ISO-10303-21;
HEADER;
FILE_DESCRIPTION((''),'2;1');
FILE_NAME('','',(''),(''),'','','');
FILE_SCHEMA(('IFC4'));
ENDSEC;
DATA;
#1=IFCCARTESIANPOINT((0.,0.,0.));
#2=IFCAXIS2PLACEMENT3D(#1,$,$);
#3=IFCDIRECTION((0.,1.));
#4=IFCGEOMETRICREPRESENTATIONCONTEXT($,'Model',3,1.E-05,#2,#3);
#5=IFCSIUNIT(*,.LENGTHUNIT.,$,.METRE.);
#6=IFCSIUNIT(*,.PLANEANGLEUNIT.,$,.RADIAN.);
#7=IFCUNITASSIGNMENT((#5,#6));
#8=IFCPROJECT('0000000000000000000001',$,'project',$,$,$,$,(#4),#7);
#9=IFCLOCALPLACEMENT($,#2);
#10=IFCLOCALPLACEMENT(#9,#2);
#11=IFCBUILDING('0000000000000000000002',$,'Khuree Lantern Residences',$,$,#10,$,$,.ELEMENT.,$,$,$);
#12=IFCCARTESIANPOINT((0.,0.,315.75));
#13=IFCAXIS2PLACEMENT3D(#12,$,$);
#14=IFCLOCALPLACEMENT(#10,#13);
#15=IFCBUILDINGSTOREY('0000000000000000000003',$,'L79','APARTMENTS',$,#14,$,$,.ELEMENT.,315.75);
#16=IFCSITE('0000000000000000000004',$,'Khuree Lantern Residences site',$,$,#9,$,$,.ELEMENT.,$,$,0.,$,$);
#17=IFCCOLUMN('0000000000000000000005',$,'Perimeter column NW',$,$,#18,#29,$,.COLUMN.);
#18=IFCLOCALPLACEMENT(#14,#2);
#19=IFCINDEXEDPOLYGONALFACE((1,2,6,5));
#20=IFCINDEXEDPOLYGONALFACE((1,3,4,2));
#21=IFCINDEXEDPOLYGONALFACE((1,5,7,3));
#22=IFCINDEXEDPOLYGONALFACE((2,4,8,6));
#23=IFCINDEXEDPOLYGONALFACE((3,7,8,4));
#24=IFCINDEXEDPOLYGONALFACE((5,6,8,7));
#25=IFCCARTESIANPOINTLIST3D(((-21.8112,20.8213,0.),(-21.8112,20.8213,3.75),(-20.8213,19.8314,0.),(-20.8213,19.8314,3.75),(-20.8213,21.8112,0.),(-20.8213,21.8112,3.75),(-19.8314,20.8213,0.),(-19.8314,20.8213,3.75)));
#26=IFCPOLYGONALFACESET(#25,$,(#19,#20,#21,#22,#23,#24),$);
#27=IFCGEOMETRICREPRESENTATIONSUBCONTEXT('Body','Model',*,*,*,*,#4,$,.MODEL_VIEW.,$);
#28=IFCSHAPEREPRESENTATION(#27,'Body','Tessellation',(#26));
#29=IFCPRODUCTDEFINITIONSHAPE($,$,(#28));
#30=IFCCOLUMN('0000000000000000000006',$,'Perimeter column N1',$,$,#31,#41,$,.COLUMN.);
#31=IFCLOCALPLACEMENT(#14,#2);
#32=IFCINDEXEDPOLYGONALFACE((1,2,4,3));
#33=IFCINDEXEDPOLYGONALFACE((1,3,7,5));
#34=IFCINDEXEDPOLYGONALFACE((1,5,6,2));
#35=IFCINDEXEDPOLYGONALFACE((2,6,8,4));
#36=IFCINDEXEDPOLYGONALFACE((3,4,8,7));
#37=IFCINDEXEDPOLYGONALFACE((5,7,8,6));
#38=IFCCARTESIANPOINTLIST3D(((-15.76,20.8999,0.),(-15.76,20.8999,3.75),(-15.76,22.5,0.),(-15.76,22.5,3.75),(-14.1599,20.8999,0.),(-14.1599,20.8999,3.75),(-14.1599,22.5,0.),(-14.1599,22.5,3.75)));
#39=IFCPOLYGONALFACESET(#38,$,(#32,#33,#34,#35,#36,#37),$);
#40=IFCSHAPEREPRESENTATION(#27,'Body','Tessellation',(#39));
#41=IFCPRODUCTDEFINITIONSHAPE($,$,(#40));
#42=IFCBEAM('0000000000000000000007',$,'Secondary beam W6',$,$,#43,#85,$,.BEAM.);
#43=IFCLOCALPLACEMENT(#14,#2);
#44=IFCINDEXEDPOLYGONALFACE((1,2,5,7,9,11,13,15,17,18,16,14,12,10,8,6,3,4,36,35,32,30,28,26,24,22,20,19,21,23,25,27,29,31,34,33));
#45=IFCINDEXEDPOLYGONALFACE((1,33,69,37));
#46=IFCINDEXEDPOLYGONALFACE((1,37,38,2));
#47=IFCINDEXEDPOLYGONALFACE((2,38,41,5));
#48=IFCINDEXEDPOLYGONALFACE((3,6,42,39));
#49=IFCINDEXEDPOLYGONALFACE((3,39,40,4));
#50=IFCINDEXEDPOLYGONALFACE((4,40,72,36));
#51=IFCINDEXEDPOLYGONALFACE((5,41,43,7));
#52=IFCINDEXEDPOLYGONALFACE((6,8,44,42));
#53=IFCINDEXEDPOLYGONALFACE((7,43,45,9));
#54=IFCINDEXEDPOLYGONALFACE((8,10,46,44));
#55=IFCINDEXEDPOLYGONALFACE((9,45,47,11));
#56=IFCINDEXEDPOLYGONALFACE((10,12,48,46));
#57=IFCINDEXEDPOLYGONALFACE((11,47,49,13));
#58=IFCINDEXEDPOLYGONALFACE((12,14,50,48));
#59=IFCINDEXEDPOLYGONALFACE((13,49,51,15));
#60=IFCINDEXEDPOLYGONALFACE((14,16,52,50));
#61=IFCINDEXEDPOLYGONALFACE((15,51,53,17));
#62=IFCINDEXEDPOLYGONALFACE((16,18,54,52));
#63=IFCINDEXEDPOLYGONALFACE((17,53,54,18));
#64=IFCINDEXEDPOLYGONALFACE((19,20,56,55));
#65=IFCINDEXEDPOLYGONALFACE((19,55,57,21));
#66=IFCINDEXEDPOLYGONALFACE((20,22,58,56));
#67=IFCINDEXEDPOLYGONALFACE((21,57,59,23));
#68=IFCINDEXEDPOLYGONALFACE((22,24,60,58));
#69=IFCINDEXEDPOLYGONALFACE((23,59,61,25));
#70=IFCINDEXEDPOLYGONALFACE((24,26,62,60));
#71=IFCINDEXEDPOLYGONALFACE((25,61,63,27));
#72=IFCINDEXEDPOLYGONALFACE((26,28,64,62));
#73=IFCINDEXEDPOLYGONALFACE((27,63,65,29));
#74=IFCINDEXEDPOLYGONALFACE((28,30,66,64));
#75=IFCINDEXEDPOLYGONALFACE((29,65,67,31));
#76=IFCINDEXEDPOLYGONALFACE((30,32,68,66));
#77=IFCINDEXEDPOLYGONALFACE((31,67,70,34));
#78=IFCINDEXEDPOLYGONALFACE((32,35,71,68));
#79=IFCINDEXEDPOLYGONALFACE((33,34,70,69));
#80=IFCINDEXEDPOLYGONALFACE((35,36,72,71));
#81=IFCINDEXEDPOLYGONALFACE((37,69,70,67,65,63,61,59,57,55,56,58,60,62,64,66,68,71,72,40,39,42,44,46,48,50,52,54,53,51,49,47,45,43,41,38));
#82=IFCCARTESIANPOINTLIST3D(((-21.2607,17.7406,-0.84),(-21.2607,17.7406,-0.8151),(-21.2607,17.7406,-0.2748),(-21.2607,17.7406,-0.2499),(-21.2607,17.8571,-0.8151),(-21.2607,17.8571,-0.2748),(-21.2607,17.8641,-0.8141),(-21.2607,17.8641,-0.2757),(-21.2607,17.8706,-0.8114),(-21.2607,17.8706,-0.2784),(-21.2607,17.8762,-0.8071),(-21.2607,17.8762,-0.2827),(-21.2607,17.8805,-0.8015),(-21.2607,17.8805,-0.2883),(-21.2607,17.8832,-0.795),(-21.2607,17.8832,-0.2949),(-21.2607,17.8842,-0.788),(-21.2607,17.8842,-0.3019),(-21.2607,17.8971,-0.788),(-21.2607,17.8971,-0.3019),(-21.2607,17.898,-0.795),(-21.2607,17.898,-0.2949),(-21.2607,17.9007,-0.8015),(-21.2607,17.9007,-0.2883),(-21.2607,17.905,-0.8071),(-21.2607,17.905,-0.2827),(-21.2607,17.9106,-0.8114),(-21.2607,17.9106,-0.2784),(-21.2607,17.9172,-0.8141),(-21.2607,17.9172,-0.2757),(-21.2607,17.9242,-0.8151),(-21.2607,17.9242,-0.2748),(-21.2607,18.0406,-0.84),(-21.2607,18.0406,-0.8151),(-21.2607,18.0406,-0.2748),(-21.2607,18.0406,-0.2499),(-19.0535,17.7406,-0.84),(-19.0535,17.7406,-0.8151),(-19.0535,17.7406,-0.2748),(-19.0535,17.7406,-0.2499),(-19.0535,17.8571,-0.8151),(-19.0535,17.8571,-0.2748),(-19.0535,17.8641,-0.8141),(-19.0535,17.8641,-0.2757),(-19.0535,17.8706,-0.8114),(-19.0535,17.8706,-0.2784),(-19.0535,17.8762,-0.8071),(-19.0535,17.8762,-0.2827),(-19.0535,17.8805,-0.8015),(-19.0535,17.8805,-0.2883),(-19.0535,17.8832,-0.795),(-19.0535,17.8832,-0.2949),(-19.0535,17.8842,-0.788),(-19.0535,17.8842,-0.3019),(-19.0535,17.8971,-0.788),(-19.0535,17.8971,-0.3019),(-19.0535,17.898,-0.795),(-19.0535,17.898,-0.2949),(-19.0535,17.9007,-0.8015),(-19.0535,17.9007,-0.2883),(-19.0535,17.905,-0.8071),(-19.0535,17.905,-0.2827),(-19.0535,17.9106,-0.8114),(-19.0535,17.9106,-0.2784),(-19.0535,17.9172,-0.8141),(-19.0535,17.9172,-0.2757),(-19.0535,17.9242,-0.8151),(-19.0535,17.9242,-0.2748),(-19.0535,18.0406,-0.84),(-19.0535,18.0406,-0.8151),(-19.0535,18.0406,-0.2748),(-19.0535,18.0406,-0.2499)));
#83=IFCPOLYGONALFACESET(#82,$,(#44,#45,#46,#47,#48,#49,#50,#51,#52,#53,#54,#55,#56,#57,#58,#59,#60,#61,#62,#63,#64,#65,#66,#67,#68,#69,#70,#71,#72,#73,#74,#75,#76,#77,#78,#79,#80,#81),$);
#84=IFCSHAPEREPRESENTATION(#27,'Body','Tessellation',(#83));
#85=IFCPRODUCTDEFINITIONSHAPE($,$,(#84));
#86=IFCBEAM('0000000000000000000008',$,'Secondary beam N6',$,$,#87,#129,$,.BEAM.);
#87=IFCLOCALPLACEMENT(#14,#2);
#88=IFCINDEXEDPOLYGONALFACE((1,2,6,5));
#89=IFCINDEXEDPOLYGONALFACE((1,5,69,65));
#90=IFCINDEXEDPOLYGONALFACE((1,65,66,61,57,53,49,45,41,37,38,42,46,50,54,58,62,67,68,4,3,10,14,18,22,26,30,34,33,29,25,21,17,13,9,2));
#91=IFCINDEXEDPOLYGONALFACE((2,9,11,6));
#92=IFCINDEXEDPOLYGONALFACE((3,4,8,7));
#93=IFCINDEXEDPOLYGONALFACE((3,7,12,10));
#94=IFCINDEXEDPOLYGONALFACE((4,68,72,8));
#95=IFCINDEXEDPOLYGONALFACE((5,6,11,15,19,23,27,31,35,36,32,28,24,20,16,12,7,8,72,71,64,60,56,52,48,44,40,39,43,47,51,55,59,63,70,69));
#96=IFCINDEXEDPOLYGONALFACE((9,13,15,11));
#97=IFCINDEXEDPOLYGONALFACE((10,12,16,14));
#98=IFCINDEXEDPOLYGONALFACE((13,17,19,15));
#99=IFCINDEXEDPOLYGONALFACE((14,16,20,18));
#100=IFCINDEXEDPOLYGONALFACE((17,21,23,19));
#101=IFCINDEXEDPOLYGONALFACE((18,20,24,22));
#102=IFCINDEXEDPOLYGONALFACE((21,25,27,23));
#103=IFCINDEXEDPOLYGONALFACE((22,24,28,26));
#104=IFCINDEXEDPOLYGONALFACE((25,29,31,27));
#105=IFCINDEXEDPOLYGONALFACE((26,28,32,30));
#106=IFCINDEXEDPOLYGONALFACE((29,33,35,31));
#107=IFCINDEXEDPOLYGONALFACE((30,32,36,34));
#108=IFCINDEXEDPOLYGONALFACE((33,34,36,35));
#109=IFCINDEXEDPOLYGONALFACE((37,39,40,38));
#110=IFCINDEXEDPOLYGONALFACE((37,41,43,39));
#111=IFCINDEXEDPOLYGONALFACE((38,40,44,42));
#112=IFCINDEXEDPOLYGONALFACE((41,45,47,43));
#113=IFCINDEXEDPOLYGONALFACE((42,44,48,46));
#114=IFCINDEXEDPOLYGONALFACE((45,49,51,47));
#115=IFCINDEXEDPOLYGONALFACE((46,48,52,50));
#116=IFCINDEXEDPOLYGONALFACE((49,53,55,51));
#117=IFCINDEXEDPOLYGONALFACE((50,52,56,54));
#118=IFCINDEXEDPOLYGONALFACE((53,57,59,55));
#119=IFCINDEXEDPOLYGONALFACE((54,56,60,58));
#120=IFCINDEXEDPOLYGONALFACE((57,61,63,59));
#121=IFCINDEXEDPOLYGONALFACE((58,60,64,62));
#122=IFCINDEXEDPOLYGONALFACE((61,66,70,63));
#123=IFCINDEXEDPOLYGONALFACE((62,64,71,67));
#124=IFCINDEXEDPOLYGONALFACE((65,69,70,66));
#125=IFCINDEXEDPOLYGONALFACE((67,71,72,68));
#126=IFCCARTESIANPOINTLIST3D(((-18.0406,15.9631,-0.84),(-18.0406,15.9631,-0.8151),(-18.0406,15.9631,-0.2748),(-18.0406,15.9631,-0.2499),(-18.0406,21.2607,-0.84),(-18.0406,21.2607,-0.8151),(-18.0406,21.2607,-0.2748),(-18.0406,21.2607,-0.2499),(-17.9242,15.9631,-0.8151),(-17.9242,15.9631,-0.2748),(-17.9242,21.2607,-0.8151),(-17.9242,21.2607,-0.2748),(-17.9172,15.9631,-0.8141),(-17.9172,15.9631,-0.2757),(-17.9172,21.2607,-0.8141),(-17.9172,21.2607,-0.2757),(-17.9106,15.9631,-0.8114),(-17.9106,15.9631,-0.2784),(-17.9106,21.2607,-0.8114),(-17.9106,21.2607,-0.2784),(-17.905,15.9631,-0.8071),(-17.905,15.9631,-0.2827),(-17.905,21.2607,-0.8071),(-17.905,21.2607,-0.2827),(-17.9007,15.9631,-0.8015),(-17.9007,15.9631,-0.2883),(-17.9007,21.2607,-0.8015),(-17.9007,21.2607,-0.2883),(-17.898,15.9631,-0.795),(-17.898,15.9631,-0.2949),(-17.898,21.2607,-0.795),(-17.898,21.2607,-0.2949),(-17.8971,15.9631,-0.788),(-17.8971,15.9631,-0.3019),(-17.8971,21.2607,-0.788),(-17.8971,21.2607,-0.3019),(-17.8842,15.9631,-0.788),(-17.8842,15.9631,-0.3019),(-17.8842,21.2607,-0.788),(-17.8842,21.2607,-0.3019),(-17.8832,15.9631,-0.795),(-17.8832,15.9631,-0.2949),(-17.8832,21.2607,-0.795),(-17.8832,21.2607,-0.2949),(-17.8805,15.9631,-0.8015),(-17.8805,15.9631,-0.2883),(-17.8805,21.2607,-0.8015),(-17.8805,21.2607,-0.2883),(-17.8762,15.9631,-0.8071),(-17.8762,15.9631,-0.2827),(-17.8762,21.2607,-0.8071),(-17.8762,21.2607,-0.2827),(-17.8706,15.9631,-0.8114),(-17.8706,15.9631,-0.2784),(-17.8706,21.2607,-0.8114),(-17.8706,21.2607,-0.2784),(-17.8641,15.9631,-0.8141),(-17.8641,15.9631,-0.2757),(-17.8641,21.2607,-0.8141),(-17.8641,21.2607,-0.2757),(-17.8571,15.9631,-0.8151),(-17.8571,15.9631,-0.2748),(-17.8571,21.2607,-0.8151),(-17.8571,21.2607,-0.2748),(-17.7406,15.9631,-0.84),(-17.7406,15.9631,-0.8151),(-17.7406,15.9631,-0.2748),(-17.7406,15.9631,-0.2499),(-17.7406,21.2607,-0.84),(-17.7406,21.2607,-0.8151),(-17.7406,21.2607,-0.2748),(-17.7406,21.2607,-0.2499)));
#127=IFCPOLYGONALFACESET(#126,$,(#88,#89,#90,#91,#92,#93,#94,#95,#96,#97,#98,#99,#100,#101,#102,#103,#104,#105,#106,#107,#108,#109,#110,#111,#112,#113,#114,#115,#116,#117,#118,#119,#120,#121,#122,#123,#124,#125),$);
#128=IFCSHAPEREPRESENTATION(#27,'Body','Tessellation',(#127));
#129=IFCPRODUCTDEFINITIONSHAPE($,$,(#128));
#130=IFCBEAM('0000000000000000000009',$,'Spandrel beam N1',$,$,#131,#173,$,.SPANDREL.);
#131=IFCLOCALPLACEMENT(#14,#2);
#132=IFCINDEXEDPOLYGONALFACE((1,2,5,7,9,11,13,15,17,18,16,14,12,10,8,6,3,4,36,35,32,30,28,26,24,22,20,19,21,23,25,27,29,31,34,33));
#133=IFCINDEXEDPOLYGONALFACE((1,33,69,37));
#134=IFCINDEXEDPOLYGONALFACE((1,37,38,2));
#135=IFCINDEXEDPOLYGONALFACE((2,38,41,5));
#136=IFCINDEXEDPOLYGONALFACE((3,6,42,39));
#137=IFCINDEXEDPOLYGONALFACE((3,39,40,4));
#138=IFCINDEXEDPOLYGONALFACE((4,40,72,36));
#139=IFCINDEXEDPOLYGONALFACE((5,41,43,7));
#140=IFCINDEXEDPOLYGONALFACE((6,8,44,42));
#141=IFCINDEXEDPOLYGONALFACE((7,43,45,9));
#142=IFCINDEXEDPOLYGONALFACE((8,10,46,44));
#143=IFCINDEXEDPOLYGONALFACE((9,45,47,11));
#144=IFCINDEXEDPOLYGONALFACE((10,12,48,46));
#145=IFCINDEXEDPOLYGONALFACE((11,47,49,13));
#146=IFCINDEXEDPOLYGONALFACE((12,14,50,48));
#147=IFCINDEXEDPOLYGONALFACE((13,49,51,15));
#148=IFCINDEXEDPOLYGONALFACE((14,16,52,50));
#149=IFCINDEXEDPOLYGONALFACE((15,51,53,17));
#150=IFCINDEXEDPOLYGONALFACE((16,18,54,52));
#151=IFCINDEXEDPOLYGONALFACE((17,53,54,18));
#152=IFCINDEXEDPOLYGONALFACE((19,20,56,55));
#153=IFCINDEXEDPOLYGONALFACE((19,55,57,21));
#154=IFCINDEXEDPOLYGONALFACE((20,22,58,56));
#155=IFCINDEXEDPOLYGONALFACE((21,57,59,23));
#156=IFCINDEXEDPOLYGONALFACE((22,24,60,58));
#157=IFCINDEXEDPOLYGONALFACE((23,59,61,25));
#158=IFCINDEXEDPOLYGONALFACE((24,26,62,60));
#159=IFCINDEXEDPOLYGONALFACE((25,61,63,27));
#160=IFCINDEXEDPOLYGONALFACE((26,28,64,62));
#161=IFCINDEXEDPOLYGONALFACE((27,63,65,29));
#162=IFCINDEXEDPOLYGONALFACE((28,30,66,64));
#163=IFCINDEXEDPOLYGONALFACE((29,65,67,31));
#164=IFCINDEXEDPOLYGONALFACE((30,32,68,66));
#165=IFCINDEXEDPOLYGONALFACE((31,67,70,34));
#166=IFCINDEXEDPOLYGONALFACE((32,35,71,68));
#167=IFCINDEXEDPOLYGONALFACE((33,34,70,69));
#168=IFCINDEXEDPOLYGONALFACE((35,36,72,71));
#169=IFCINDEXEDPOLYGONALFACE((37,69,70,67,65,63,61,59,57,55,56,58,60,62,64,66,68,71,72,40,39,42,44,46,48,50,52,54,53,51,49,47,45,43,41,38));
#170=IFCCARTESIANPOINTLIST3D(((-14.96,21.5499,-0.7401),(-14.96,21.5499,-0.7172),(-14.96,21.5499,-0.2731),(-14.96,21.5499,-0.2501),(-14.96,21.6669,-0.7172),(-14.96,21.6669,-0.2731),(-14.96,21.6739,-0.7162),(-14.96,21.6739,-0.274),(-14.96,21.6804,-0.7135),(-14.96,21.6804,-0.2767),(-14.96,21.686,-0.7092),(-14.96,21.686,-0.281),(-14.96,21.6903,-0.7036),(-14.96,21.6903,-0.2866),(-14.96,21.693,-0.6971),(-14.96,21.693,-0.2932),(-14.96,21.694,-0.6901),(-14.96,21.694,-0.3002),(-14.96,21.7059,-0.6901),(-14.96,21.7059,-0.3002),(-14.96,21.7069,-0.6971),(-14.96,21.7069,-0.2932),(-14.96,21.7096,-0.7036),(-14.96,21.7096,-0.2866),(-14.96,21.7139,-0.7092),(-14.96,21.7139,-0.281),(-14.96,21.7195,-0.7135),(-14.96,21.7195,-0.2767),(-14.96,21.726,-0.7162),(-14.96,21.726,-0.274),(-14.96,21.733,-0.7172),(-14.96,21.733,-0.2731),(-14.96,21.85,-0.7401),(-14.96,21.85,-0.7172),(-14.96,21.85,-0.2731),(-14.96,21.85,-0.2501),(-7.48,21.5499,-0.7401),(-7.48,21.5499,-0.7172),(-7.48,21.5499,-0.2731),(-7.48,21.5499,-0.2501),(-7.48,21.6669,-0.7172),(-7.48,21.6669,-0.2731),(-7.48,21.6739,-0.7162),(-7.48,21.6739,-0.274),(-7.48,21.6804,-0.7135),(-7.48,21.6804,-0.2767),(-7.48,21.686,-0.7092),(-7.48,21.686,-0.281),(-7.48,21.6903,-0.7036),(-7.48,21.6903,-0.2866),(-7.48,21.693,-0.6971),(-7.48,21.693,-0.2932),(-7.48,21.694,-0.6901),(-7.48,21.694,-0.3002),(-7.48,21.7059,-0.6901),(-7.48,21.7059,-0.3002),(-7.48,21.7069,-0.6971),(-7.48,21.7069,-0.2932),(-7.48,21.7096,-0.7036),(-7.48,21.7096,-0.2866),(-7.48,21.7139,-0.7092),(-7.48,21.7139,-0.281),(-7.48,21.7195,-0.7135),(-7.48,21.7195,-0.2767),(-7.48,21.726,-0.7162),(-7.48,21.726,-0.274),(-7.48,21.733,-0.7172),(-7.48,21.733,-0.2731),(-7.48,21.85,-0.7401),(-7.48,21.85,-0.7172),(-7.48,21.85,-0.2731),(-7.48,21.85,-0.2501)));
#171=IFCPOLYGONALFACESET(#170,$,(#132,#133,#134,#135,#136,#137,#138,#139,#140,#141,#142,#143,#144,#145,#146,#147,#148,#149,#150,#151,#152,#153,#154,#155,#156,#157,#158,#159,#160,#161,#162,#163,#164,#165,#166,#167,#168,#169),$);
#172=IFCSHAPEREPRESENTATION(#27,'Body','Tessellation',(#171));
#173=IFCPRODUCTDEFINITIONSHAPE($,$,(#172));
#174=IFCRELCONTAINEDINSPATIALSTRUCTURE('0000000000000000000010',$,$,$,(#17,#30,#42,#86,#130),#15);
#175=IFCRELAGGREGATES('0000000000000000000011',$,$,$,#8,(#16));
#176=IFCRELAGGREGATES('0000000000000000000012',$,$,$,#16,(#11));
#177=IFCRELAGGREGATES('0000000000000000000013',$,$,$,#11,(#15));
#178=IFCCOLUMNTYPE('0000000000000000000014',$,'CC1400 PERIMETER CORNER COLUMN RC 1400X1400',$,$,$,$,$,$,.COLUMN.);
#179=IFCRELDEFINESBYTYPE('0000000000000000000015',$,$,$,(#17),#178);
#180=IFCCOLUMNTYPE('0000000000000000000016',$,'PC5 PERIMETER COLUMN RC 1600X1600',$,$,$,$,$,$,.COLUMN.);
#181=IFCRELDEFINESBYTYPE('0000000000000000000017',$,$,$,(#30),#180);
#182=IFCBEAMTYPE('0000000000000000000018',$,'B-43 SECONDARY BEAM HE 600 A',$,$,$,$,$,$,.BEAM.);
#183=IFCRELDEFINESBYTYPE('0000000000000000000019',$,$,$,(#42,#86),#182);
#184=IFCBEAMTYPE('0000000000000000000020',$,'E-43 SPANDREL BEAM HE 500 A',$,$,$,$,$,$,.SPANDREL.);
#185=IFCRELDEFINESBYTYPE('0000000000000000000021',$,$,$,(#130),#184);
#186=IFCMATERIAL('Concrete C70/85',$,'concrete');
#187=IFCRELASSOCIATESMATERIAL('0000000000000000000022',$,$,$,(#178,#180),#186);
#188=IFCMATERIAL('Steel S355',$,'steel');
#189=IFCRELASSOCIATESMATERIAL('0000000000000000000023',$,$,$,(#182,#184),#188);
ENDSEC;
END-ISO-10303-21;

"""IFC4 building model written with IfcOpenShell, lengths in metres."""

from ifc_helpers import new_model, si_unit, direction, frame, origin, origin_2d, place, context, subcontext, project, spatial, rectangle, i_section, extrude, material, material_profile, profile_set, type_object, element, save


model = new_model("IFC4")

# Units and contexts
model_context = context("Model", 3, precision=1e-05, world=origin(), true_north=direction((0.0, 1.0)))
body_context = subcontext(model_context, "Body", "Model", "MODEL_VIEW")
ifc_project = project(units=[si_unit("LENGTHUNIT", "METRE"), si_unit("PLANEANGLEUNIT", "RADIAN")], contexts=[model_context])

# Site, building, storey
site_placement = place(None, origin())
site = spatial("IfcSite", under=ifc_project, at=site_placement, Name="Khuree Lantern Residences site", CompositionType="ELEMENT", RefElevation=0.0)
building_placement = place(site_placement, origin())
building = spatial("IfcBuilding", under=site, at=building_placement, Name="Khuree Lantern Residences", CompositionType="ELEMENT")
storey_placement = place(building_placement, frame((0.0, 0.0, 315.75)))
storey = spatial("IfcBuildingStorey", under=building, at=storey_placement, Name="L79", Description="APARTMENTS", CompositionType="ELEMENT", Elevation=315.75)

# Columns
ifc_material_1 = material(Name="Concrete C70/85", Category="concrete")
ifc_material_profile_1 = material_profile(ifc_material_1, rectangle(XDim=1.3999, YDim=1.3999, at=origin_2d()), Name="RC 1400X1400")
ifc_profile_set_1 = profile_set([ifc_material_profile_1], Name="Concrete C70/85")
column_type_1 = type_object("IfcColumnType", Name="CC1400 PERIMETER CORNER COLUMN RC 1400X1400", PredefinedType="COLUMN", material=ifc_profile_set_1)
column_1_placement = place(storey_placement, frame((-20.8213, 20.8213, 0.0), z_axis=(0.0, 0.0, 1.0), x_axis=(0.707107, 0.707107, 0.0)))
element("IfcColumn", 1, at=column_1_placement, inside=storey, type_object=column_type_1, Name="Perimeter column NW", PredefinedType="COLUMN", context=body_context, shape_type="SweptSolid", body=[
    extrude(rectangle(XDim=1.3999, YDim=1.3999, at=origin_2d()), origin(), (0.0, 0.0, 1.0), 3.75),
])
ifc_material_profile_2 = material_profile(ifc_material_1, rectangle(XDim=1.6001, YDim=1.6001, at=origin_2d()), Name="RC 1600X1600")
ifc_profile_set_2 = profile_set([ifc_material_profile_2], Name="Concrete C70/85")
column_type_2 = type_object("IfcColumnType", Name="PC5 PERIMETER COLUMN RC 1600X1600", PredefinedType="COLUMN", material=ifc_profile_set_2)
column_2_placement = place(storey_placement, frame((-14.96, 21.7, 0.0), z_axis=(0.0, 0.0, 1.0), x_axis=(1.0, 0.0, 0.0)))
element("IfcColumn", 2, at=column_2_placement, inside=storey, type_object=column_type_2, Name="Perimeter column N1", PredefinedType="COLUMN", context=body_context, shape_type="SweptSolid", body=[
    extrude(rectangle(XDim=1.6001, YDim=1.6001, at=origin_2d()), origin(), (0.0, 0.0, 1.0), 3.75),
])

# Beams
ifc_material_2 = material(Name="Steel S355", Category="steel")
ifc_material_profile_3 = material_profile(ifc_material_2, i_section(OverallWidth=0.3, OverallDepth=0.5901, WebThickness=0.0129, FlangeThickness=0.0249, FilletRadius=0.0271, at=origin_2d()), Name="HE 600 A")
ifc_profile_set_3 = profile_set([ifc_material_profile_3], Name="Steel S355")
beam_type_1 = type_object("IfcBeamType", Name="B-43 SECONDARY BEAM HE 600 A", PredefinedType="BEAM", material=ifc_profile_set_3)
beam_1_placement = place(storey_placement, frame((-21.2607, 17.8906, -0.5449), z_axis=(1.0, 0.0, 0.0), x_axis=(0.0, 1.0, 0.0)))
element("IfcBeam", 3, at=beam_1_placement, inside=storey, type_object=beam_type_1, Name="Secondary beam W6", PredefinedType="BEAM", context=body_context, shape_type="SweptSolid", body=[
    extrude(i_section(OverallWidth=0.3, OverallDepth=0.5901, WebThickness=0.0129, FlangeThickness=0.0249, FilletRadius=0.0271, at=origin_2d()), origin(), (0.0, 0.0, 1.0), 2.2073),
])
beam_2_placement = place(storey_placement, frame((-17.8906, 21.2607, -0.5449), z_axis=(0.0, -1.0, 0.0), x_axis=(1.0, 0.0, 0.0)))
element("IfcBeam", 4, at=beam_2_placement, inside=storey, type_object=beam_type_1, Name="Secondary beam N6", PredefinedType="BEAM", context=body_context, shape_type="SweptSolid", body=[
    extrude(i_section(OverallWidth=0.3, OverallDepth=0.5901, WebThickness=0.0129, FlangeThickness=0.0249, FilletRadius=0.0271, at=origin_2d()), origin(), (0.0, 0.0, 1.0), 5.2976),
])
ifc_material_profile_4 = material_profile(ifc_material_2, i_section(OverallWidth=0.3, OverallDepth=0.49, WebThickness=0.012, FlangeThickness=0.0229, FilletRadius=0.0271, at=origin_2d()), Name="HE 500 A")
ifc_profile_set_4 = profile_set([ifc_material_profile_4], Name="Steel S355")
beam_type_2 = type_object("IfcBeamType", Name="E-43 SPANDREL BEAM HE 500 A", PredefinedType="SPANDREL", material=ifc_profile_set_4)
beam_3_placement = place(storey_placement, frame((-14.96, 21.7, -0.4951), z_axis=(1.0, 0.0, 0.0), x_axis=(0.0, 1.0, 0.0)))
element("IfcBeam", 5, at=beam_3_placement, inside=storey, type_object=beam_type_2, Name="Spandrel beam N1", PredefinedType="SPANDREL", context=body_context, shape_type="SweptSolid", body=[
    extrude(i_section(OverallWidth=0.3, OverallDepth=0.49, WebThickness=0.012, FlangeThickness=0.0229, FilletRadius=0.0271, at=origin_2d()), origin(), (0.0, 0.0, 1.0), 7.48),
])

save(model, "model.ifc")
